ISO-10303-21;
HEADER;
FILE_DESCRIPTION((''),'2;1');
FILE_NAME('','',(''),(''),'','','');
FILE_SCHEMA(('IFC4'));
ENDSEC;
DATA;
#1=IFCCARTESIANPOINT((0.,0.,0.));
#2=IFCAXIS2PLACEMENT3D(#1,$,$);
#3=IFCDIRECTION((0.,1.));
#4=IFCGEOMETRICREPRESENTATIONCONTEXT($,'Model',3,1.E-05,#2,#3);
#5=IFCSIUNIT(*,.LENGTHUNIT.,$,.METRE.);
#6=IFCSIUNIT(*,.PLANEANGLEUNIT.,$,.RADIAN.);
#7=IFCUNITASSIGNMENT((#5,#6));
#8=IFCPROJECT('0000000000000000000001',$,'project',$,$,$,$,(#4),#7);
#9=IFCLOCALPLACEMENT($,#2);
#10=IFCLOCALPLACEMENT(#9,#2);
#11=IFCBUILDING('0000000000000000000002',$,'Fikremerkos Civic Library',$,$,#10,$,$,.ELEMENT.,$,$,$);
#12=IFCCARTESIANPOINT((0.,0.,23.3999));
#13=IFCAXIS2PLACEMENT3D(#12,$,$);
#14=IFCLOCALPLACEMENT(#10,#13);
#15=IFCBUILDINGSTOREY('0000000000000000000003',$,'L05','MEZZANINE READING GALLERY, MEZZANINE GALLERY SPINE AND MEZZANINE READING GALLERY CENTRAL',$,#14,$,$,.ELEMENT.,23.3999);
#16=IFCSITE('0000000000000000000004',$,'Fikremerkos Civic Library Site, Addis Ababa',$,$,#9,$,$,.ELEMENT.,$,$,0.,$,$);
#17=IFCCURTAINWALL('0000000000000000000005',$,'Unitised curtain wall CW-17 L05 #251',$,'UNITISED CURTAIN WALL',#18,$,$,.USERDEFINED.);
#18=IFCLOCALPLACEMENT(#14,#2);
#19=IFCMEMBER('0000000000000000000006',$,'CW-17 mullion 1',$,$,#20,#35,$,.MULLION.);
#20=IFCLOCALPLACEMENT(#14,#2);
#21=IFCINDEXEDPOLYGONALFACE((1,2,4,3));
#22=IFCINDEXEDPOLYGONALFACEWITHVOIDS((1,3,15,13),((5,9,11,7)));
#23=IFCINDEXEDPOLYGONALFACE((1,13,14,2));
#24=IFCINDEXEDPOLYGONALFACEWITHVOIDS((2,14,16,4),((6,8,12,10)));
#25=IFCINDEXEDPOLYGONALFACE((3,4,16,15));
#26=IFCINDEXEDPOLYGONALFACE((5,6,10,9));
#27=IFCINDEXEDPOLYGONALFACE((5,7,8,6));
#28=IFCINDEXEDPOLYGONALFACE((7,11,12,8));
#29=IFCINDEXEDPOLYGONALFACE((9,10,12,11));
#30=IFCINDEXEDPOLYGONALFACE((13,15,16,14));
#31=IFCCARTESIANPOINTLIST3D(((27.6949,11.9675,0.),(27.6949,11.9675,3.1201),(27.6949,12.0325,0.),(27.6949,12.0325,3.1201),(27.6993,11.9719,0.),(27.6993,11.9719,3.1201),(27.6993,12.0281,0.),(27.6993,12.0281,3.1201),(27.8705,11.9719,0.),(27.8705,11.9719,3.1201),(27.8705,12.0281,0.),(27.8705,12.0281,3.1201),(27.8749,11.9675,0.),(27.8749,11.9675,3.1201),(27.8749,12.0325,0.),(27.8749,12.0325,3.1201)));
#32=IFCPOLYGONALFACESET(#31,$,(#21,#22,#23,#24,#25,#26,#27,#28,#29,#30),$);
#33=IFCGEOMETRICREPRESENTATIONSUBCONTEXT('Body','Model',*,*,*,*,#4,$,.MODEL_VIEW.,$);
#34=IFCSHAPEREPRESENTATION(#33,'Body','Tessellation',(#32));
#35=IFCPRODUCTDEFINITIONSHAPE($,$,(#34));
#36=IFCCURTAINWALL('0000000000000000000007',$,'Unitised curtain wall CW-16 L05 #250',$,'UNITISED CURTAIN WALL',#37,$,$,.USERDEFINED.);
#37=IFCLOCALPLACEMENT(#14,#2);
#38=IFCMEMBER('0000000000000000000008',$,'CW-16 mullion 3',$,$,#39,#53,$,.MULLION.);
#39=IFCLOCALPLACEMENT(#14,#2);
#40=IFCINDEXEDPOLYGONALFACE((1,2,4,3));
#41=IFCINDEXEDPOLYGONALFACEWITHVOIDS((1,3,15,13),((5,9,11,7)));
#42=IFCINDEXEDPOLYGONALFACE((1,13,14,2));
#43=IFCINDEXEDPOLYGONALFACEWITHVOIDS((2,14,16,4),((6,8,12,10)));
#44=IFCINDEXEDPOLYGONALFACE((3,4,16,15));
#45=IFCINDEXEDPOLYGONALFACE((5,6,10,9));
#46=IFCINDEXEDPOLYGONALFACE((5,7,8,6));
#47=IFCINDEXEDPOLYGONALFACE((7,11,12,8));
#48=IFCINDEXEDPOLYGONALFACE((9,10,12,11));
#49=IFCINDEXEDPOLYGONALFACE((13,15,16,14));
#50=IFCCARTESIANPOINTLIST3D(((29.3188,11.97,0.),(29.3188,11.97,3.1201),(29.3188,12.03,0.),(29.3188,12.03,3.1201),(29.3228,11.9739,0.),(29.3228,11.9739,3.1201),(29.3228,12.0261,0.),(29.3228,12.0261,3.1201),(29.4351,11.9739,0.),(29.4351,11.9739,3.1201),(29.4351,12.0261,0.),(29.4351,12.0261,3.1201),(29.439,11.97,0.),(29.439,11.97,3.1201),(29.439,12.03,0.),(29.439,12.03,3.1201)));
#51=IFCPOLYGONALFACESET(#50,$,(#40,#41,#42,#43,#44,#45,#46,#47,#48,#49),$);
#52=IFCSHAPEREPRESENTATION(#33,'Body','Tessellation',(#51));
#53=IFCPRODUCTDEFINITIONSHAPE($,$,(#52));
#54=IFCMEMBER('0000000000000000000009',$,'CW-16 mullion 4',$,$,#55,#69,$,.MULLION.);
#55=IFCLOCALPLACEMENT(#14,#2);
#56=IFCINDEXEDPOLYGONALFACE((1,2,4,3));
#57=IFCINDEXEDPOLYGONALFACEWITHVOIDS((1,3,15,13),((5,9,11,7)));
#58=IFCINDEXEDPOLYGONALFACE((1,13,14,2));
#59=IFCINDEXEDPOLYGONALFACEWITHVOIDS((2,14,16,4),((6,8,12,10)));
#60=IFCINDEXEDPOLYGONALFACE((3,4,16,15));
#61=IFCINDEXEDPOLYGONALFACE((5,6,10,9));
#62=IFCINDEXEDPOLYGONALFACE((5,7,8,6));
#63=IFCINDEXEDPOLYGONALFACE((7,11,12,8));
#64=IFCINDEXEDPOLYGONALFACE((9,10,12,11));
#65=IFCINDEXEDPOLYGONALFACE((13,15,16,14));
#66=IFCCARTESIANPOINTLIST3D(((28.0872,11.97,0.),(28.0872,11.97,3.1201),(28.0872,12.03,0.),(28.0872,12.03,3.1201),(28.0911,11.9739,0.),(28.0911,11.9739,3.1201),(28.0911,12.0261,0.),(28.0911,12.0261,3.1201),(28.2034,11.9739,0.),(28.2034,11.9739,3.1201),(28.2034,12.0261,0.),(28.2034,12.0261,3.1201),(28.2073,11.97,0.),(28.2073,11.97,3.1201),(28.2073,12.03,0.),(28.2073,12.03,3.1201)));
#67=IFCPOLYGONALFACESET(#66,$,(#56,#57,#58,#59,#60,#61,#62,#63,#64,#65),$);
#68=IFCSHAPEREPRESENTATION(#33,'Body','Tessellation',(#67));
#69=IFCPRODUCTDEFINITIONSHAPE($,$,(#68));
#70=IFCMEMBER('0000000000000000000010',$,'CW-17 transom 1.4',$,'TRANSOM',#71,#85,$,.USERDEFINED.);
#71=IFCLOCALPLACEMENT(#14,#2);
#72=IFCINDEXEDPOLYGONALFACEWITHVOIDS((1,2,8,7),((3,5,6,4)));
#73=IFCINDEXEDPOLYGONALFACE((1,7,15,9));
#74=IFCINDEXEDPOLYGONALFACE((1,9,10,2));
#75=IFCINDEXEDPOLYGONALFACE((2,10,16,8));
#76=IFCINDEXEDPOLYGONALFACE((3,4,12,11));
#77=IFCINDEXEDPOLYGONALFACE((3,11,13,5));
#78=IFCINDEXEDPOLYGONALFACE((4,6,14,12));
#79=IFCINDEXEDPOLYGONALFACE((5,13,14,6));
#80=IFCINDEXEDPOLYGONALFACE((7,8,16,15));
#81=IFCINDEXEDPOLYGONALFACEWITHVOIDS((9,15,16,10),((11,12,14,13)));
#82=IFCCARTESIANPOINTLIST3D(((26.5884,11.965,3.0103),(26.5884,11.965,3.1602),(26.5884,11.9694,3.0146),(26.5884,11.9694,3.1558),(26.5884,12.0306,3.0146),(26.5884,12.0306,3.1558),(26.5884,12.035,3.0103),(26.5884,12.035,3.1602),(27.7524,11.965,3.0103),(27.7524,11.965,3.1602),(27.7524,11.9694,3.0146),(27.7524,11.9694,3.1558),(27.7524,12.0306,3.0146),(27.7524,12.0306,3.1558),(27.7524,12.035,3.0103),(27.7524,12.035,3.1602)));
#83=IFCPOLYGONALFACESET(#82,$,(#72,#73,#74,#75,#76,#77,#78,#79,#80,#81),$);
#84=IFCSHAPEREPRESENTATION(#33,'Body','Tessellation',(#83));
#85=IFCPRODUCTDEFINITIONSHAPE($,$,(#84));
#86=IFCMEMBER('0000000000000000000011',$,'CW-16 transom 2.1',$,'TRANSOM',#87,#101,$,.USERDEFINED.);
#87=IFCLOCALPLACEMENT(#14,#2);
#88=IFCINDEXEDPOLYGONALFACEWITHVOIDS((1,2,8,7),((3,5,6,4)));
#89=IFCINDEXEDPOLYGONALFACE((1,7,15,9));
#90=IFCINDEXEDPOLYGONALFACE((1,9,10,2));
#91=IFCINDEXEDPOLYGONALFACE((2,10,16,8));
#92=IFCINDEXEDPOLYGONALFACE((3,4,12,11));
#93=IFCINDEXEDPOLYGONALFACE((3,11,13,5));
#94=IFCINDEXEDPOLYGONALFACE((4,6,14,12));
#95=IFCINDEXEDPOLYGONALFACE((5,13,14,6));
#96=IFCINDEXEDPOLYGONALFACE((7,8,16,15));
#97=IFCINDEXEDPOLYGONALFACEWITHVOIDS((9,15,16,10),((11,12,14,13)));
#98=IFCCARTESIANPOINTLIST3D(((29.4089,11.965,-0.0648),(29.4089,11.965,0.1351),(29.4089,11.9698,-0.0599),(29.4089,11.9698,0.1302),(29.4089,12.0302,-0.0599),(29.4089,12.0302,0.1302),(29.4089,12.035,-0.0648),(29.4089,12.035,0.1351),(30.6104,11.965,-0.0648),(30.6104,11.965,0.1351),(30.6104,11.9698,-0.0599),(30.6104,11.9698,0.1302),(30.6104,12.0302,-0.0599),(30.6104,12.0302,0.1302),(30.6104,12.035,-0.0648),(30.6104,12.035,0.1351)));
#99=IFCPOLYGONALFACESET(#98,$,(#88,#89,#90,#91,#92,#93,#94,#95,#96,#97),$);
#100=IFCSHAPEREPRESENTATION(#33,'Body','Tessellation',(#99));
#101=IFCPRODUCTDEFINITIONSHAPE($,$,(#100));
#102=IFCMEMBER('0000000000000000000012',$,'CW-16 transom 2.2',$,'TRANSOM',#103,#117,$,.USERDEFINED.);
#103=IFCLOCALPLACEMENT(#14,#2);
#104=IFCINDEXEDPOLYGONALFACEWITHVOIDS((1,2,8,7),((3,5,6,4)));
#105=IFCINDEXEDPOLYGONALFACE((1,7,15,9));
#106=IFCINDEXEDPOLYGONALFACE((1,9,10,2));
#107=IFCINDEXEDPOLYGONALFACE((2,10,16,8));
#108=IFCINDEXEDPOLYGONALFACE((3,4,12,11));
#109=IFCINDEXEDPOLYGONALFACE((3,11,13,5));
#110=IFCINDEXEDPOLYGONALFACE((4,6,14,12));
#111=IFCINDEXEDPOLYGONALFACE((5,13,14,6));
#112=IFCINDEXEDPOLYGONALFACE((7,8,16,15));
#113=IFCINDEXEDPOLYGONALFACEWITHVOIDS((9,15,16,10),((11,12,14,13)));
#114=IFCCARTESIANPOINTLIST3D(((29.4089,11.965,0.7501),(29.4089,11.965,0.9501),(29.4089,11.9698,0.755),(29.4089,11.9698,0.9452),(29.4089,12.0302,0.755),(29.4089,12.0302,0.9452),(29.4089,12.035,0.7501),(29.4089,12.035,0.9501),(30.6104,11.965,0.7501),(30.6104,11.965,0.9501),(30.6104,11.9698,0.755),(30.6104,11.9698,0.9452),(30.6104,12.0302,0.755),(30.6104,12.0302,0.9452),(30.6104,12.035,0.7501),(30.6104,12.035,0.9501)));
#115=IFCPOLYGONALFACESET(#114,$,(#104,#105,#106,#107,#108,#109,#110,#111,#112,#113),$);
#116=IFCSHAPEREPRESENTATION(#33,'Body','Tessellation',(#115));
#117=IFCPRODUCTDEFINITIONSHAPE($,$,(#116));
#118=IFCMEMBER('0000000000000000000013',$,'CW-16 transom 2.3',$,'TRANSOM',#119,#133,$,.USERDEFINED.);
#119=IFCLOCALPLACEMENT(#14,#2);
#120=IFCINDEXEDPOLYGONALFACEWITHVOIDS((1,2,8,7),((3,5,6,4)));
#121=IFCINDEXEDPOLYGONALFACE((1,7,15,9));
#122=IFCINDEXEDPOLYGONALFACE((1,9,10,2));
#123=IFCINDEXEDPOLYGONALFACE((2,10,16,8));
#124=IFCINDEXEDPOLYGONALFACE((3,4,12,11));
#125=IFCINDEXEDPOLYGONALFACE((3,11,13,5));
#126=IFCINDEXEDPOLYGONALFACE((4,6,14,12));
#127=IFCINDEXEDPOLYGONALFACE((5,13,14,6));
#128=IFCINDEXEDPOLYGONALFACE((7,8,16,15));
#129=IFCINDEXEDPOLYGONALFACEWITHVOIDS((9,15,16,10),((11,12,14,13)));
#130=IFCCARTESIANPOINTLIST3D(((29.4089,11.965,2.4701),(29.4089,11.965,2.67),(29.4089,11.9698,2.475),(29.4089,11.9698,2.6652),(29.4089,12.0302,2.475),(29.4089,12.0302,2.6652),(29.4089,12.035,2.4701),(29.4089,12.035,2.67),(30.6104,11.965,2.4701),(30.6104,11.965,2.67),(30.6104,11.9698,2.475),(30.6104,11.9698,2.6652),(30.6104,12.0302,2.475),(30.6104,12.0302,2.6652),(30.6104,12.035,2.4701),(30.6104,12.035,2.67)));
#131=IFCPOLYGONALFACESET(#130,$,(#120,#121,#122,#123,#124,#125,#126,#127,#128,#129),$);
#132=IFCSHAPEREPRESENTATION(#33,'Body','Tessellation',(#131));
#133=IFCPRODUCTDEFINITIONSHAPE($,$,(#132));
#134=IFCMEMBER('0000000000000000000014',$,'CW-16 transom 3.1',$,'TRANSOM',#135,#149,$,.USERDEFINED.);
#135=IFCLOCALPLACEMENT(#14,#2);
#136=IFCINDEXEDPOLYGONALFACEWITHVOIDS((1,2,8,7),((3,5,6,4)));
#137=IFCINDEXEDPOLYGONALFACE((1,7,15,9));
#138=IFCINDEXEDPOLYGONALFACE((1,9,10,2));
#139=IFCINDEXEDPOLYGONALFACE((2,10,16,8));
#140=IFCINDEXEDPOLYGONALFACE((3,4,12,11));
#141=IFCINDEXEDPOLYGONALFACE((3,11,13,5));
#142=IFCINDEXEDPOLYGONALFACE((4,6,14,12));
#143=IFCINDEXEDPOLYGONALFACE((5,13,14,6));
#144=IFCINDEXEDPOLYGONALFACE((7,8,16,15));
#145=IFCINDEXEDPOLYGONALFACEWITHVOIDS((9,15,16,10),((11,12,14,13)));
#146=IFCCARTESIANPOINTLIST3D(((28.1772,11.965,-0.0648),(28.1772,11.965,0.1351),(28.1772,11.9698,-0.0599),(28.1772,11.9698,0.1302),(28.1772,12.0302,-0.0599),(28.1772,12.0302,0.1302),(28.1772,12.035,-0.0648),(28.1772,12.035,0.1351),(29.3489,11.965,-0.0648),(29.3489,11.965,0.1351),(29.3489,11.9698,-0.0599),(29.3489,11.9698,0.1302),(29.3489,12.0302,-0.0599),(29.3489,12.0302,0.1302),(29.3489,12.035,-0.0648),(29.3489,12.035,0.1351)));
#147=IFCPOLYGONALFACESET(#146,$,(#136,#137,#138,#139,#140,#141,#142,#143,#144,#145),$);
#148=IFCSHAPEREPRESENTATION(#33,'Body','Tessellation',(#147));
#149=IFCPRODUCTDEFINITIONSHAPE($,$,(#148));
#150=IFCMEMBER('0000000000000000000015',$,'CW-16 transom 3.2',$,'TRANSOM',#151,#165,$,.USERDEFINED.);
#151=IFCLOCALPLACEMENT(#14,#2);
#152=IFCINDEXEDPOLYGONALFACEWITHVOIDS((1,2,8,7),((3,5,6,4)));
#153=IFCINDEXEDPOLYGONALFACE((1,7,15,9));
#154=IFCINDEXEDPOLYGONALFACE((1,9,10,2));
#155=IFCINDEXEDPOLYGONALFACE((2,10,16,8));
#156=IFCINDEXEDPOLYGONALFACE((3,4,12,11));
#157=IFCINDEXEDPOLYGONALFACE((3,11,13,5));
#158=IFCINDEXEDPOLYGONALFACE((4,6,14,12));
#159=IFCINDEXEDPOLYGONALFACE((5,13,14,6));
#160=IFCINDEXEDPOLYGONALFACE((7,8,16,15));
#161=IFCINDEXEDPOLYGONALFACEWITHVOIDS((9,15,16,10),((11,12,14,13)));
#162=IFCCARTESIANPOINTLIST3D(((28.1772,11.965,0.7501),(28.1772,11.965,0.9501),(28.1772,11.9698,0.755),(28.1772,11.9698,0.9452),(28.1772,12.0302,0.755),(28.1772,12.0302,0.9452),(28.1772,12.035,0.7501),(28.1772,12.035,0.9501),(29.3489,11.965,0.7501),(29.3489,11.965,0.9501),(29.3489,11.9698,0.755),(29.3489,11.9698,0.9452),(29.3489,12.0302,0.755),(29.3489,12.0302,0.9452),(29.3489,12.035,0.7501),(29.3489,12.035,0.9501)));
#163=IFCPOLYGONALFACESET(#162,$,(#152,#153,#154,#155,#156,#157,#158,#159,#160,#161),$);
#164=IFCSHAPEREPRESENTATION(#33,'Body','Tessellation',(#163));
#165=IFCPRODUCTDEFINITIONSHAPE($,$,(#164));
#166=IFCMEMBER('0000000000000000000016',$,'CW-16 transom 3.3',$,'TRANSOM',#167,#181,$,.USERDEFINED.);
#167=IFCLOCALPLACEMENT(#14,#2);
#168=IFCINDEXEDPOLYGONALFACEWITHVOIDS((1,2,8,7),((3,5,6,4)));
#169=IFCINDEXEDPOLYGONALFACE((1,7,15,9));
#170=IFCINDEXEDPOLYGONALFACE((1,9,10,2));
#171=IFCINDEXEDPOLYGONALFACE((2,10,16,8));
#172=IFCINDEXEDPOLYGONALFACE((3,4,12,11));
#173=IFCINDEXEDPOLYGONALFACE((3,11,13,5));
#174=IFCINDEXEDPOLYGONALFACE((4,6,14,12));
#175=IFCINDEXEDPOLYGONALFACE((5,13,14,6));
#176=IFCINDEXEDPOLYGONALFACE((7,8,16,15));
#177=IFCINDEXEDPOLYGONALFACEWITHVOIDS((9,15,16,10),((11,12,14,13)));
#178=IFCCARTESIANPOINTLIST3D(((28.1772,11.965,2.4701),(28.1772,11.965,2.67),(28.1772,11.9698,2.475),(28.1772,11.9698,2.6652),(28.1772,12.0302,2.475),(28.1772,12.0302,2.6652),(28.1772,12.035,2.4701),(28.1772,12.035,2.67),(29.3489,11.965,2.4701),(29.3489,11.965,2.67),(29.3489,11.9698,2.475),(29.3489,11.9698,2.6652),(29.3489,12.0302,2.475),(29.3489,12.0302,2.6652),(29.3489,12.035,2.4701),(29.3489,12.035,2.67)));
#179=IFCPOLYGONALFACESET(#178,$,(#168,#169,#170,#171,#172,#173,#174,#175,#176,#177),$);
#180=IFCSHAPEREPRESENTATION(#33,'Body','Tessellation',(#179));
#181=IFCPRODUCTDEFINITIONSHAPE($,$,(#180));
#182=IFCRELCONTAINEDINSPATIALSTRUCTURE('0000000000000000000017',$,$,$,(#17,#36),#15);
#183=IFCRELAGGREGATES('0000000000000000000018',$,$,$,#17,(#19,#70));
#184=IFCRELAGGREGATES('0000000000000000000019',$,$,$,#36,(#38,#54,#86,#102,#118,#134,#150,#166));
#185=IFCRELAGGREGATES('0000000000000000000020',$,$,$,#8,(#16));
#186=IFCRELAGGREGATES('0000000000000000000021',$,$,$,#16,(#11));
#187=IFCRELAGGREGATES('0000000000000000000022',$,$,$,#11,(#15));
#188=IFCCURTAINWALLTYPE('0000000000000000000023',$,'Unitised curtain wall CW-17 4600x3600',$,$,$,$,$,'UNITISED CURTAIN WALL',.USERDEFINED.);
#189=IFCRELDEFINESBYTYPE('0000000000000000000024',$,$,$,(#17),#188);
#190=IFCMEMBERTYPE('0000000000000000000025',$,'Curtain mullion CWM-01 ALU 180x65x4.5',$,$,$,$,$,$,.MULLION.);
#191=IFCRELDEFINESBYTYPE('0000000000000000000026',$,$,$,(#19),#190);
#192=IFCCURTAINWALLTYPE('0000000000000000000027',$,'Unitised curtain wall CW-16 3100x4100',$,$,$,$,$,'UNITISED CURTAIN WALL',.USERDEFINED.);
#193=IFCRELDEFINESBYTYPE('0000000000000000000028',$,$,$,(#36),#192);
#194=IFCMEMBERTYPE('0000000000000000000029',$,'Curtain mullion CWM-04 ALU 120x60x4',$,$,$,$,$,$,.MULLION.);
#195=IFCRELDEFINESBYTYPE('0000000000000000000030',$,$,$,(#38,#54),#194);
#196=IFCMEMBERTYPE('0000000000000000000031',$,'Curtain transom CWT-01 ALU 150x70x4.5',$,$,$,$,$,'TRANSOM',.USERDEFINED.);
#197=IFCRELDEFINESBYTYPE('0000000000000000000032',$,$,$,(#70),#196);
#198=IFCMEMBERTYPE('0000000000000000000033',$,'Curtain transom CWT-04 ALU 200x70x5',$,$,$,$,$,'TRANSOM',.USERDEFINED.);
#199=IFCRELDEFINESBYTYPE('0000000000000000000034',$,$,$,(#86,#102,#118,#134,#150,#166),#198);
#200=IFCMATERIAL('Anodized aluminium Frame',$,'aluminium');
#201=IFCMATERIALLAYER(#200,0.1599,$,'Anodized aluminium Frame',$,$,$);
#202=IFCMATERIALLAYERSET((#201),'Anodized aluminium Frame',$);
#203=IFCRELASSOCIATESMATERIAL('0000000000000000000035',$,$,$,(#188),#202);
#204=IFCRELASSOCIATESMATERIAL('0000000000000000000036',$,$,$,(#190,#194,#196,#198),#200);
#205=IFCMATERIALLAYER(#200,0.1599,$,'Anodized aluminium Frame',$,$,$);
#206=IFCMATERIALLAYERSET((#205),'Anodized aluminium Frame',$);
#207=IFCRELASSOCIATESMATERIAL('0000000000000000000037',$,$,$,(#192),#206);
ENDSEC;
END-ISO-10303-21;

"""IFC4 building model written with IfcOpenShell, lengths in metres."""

from ifc_helpers import new_model, si_unit, direction, frame, origin, origin_2d, place, context, subcontext, project, spatial, hollow_rectangle, extrude, material, layer, layer_set, material_profile, profile_set, type_object, element, aggregate, save


model = new_model("IFC4")

# Units and contexts
model_context = context("Model", 3, precision=1e-05, world=origin(), true_north=direction((0.0, 1.0)))
body_context = subcontext(model_context, "Body", "Model", "MODEL_VIEW")
ifc_project = project(units=[si_unit("LENGTHUNIT", "METRE"), si_unit("PLANEANGLEUNIT", "RADIAN")], contexts=[model_context])

# Site, building, storey
site_placement = place(None, origin())
site = spatial("IfcSite", under=ifc_project, at=site_placement, Name="Fikremerkos Civic Library Site, Addis Ababa", CompositionType="ELEMENT", RefElevation=0.0)
building_placement = place(site_placement, origin())
building = spatial("IfcBuilding", under=site, at=building_placement, Name="Fikremerkos Civic Library", CompositionType="ELEMENT")
storey_placement = place(building_placement, frame((0.0, 0.0, 23.3999)))
storey = spatial("IfcBuildingStorey", under=building, at=storey_placement, Name="L05", Description="MEZZANINE READING GALLERY, MEZZANINE GALLERY SPINE AND MEZZANINE READING GALLERY CENTRAL", CompositionType="ELEMENT", Elevation=23.3999)

# Curtain wall, member
ifc_material_1 = material(Name="Anodized aluminium Frame", Category="aluminium")
ifc_layer_1 = layer(ifc_material_1, 0.1599, Name="Anodized aluminium Frame")
ifc_layer_set_1 = layer_set([ifc_layer_1], Name="Anodized aluminium Frame")
curtain_wall_type_1 = type_object("IfcCurtainWallType", Name="Unitised curtain wall CW-17 4600x3600", ElementType="UNITISED CURTAIN WALL", PredefinedType="USERDEFINED", material=ifc_layer_set_1)
curtain_wall_1_placement = place(storey_placement, origin())
curtain_wall_1 = element("IfcCurtainWall", 1, at=curtain_wall_1_placement, inside=storey, type_object=curtain_wall_type_1, Name="Unitised curtain wall CW-17 L05 #251", ObjectType="UNITISED CURTAIN WALL", PredefinedType="USERDEFINED")
ifc_material_profile_1 = material_profile(ifc_material_1, hollow_rectangle(XDim=0.0649, YDim=0.1799, WallThickness=0.0044, at=origin_2d()), Name="ALU 180x65x4.5")
ifc_profile_set_1 = profile_set([ifc_material_profile_1], Name="Anodized aluminium Frame")
member_type_1 = type_object("IfcMemberType", Name="Curtain mullion CWM-01 ALU 180x65x4.5", PredefinedType="MULLION", material=ifc_profile_set_1)
member_1_placement = place(storey_placement, frame((27.7849, 12.0, 0.0), z_axis=(0.0, 0.0, 1.0), x_axis=(0.0, -1.0, 0.0)))
member_1 = element("IfcMember", 2, at=member_1_placement, type_object=member_type_1, Name="CW-17 mullion 1", PredefinedType="MULLION", context=body_context, shape_type="SweptSolid", body=[
    extrude(hollow_rectangle(XDim=0.0649, YDim=0.1799, WallThickness=0.0044, at=origin_2d()), origin(), (0.0, 0.0, 1.0), 3.1201),
])

# Curtain wall, members
ifc_layer_2 = layer(ifc_material_1, 0.1599, Name="Anodized aluminium Frame")
ifc_layer_set_2 = layer_set([ifc_layer_2], Name="Anodized aluminium Frame")
curtain_wall_type_2 = type_object("IfcCurtainWallType", Name="Unitised curtain wall CW-16 3100x4100", ElementType="UNITISED CURTAIN WALL", PredefinedType="USERDEFINED", material=ifc_layer_set_2)
curtain_wall_2_placement = place(storey_placement, origin())
curtain_wall_2 = element("IfcCurtainWall", 3, at=curtain_wall_2_placement, inside=storey, type_object=curtain_wall_type_2, Name="Unitised curtain wall CW-16 L05 #250", ObjectType="UNITISED CURTAIN WALL", PredefinedType="USERDEFINED")
ifc_material_profile_2 = material_profile(ifc_material_1, hollow_rectangle(XDim=0.0601, YDim=0.1201, WallThickness=0.0039, at=origin_2d()), Name="ALU 120x60x4")
ifc_profile_set_2 = profile_set([ifc_material_profile_2], Name="Anodized aluminium Frame")
member_type_2 = type_object("IfcMemberType", Name="Curtain mullion CWM-04 ALU 120x60x4", PredefinedType="MULLION", material=ifc_profile_set_2)
member_2_placement = place(storey_placement, frame((29.3789, 12.0, 0.0), z_axis=(0.0, 0.0, 1.0), x_axis=(0.0, -1.0, 0.0)))
member_2 = element("IfcMember", 4, at=member_2_placement, type_object=member_type_2, Name="CW-16 mullion 3", PredefinedType="MULLION", context=body_context, shape_type="SweptSolid", body=[
    extrude(hollow_rectangle(XDim=0.0601, YDim=0.1201, WallThickness=0.0039, at=origin_2d()), origin(), (0.0, 0.0, 1.0), 3.1201),
])
member_3_placement = place(storey_placement, frame((28.1472, 12.0, 0.0), z_axis=(0.0, 0.0, 1.0), x_axis=(0.0, -1.0, 0.0)))
member_3 = element("IfcMember", 5, at=member_3_placement, type_object=member_type_2, Name="CW-16 mullion 4", PredefinedType="MULLION", context=body_context, shape_type="SweptSolid", body=[
    extrude(hollow_rectangle(XDim=0.0601, YDim=0.1201, WallThickness=0.0039, at=origin_2d()), origin(), (0.0, 0.0, 1.0), 3.1201),
])

# Members
ifc_material_profile_3 = material_profile(ifc_material_1, hollow_rectangle(XDim=0.0701, YDim=0.1499, WallThickness=0.0044, at=origin_2d()), Name="ALU 150x70x4.5")
ifc_profile_set_3 = profile_set([ifc_material_profile_3], Name="Anodized aluminium Frame")
member_type_3 = type_object("IfcMemberType", Name="Curtain transom CWT-01 ALU 150x70x4.5", ElementType="TRANSOM", PredefinedType="USERDEFINED", material=ifc_profile_set_3)
member_4_placement = place(storey_placement, frame((27.7524, 12.0, 3.0852), z_axis=(-1.0, 0.0, 0.0), x_axis=(0.0, -1.0, 0.0)))
member_4 = element("IfcMember", 6, at=member_4_placement, type_object=member_type_3, Name="CW-17 transom 1.4", ObjectType="TRANSOM", PredefinedType="USERDEFINED", context=body_context, shape_type="SweptSolid", body=[
    extrude(hollow_rectangle(XDim=0.0701, YDim=0.1499, WallThickness=0.0044, at=origin_2d()), origin(), (0.0, 0.0, 1.0), 1.1641),
])
aggregate(curtain_wall_1, [member_1, member_4])
ifc_material_profile_4 = material_profile(ifc_material_1, hollow_rectangle(XDim=0.0701, YDim=0.2, WallThickness=0.0049, at=origin_2d()), Name="ALU 200x70x5")
ifc_profile_set_4 = profile_set([ifc_material_profile_4], Name="Anodized aluminium Frame")
member_type_4 = type_object("IfcMemberType", Name="Curtain transom CWT-04 ALU 200x70x5", ElementType="TRANSOM", PredefinedType="USERDEFINED", material=ifc_profile_set_4)
member_5_placement = place(storey_placement, frame((30.6104, 12.0, 0.0352), z_axis=(-1.0, 0.0, 0.0), x_axis=(0.0, -1.0, 0.0)))
member_5 = element("IfcMember", 7, at=member_5_placement, type_object=member_type_4, Name="CW-16 transom 2.1", ObjectType="TRANSOM", PredefinedType="USERDEFINED", context=body_context, shape_type="SweptSolid", body=[
    extrude(hollow_rectangle(XDim=0.0701, YDim=0.2, WallThickness=0.0049, at=origin_2d()), origin(), (0.0, 0.0, 1.0), 1.2014),
])
member_6_placement = place(storey_placement, frame((30.6104, 12.0, 0.8501), z_axis=(-1.0, 0.0, 0.0), x_axis=(0.0, -1.0, 0.0)))
member_6 = element("IfcMember", 8, at=member_6_placement, type_object=member_type_4, Name="CW-16 transom 2.2", ObjectType="TRANSOM", PredefinedType="USERDEFINED", context=body_context, shape_type="SweptSolid", body=[
    extrude(hollow_rectangle(XDim=0.0701, YDim=0.2, WallThickness=0.0049, at=origin_2d()), origin(), (0.0, 0.0, 1.0), 1.2014),
])
member_7_placement = place(storey_placement, frame((30.6104, 12.0, 2.5701), z_axis=(-1.0, 0.0, 0.0), x_axis=(0.0, -1.0, 0.0)))
member_7 = element("IfcMember", 9, at=member_7_placement, type_object=member_type_4, Name="CW-16 transom 2.3", ObjectType="TRANSOM", PredefinedType="USERDEFINED", context=body_context, shape_type="SweptSolid", body=[
    extrude(hollow_rectangle(XDim=0.0701, YDim=0.2, WallThickness=0.0049, at=origin_2d()), origin(), (0.0, 0.0, 1.0), 1.2014),
])
member_8_placement = place(storey_placement, frame((29.3489, 12.0, 0.0352), z_axis=(-1.0, 0.0, 0.0), x_axis=(0.0, -1.0, 0.0)))
member_8 = element("IfcMember", 10, at=member_8_placement, type_object=member_type_4, Name="CW-16 transom 3.1", ObjectType="TRANSOM", PredefinedType="USERDEFINED", context=body_context, shape_type="SweptSolid", body=[
    extrude(hollow_rectangle(XDim=0.0701, YDim=0.2, WallThickness=0.0049, at=origin_2d()), origin(), (0.0, 0.0, 1.0), 1.1716),
])
member_9_placement = place(storey_placement, frame((29.3489, 12.0, 0.8501), z_axis=(-1.0, 0.0, 0.0), x_axis=(0.0, -1.0, 0.0)))
member_9 = element("IfcMember", 11, at=member_9_placement, type_object=member_type_4, Name="CW-16 transom 3.2", ObjectType="TRANSOM", PredefinedType="USERDEFINED", context=body_context, shape_type="SweptSolid", body=[
    extrude(hollow_rectangle(XDim=0.0701, YDim=0.2, WallThickness=0.0049, at=origin_2d()), origin(), (0.0, 0.0, 1.0), 1.1716),
])
member_10_placement = place(storey_placement, frame((29.3489, 12.0, 2.5701), z_axis=(-1.0, 0.0, 0.0), x_axis=(0.0, -1.0, 0.0)))
member_10 = element("IfcMember", 12, at=member_10_placement, type_object=member_type_4, Name="CW-16 transom 3.3", ObjectType="TRANSOM", PredefinedType="USERDEFINED", context=body_context, shape_type="SweptSolid", body=[
    extrude(hollow_rectangle(XDim=0.0701, YDim=0.2, WallThickness=0.0049, at=origin_2d()), origin(), (0.0, 0.0, 1.0), 1.1716),
])

aggregate(curtain_wall_2, [member_2, member_3, member_5, member_6, member_7, member_8, member_9, member_10])

save(model, "model.ifc")
